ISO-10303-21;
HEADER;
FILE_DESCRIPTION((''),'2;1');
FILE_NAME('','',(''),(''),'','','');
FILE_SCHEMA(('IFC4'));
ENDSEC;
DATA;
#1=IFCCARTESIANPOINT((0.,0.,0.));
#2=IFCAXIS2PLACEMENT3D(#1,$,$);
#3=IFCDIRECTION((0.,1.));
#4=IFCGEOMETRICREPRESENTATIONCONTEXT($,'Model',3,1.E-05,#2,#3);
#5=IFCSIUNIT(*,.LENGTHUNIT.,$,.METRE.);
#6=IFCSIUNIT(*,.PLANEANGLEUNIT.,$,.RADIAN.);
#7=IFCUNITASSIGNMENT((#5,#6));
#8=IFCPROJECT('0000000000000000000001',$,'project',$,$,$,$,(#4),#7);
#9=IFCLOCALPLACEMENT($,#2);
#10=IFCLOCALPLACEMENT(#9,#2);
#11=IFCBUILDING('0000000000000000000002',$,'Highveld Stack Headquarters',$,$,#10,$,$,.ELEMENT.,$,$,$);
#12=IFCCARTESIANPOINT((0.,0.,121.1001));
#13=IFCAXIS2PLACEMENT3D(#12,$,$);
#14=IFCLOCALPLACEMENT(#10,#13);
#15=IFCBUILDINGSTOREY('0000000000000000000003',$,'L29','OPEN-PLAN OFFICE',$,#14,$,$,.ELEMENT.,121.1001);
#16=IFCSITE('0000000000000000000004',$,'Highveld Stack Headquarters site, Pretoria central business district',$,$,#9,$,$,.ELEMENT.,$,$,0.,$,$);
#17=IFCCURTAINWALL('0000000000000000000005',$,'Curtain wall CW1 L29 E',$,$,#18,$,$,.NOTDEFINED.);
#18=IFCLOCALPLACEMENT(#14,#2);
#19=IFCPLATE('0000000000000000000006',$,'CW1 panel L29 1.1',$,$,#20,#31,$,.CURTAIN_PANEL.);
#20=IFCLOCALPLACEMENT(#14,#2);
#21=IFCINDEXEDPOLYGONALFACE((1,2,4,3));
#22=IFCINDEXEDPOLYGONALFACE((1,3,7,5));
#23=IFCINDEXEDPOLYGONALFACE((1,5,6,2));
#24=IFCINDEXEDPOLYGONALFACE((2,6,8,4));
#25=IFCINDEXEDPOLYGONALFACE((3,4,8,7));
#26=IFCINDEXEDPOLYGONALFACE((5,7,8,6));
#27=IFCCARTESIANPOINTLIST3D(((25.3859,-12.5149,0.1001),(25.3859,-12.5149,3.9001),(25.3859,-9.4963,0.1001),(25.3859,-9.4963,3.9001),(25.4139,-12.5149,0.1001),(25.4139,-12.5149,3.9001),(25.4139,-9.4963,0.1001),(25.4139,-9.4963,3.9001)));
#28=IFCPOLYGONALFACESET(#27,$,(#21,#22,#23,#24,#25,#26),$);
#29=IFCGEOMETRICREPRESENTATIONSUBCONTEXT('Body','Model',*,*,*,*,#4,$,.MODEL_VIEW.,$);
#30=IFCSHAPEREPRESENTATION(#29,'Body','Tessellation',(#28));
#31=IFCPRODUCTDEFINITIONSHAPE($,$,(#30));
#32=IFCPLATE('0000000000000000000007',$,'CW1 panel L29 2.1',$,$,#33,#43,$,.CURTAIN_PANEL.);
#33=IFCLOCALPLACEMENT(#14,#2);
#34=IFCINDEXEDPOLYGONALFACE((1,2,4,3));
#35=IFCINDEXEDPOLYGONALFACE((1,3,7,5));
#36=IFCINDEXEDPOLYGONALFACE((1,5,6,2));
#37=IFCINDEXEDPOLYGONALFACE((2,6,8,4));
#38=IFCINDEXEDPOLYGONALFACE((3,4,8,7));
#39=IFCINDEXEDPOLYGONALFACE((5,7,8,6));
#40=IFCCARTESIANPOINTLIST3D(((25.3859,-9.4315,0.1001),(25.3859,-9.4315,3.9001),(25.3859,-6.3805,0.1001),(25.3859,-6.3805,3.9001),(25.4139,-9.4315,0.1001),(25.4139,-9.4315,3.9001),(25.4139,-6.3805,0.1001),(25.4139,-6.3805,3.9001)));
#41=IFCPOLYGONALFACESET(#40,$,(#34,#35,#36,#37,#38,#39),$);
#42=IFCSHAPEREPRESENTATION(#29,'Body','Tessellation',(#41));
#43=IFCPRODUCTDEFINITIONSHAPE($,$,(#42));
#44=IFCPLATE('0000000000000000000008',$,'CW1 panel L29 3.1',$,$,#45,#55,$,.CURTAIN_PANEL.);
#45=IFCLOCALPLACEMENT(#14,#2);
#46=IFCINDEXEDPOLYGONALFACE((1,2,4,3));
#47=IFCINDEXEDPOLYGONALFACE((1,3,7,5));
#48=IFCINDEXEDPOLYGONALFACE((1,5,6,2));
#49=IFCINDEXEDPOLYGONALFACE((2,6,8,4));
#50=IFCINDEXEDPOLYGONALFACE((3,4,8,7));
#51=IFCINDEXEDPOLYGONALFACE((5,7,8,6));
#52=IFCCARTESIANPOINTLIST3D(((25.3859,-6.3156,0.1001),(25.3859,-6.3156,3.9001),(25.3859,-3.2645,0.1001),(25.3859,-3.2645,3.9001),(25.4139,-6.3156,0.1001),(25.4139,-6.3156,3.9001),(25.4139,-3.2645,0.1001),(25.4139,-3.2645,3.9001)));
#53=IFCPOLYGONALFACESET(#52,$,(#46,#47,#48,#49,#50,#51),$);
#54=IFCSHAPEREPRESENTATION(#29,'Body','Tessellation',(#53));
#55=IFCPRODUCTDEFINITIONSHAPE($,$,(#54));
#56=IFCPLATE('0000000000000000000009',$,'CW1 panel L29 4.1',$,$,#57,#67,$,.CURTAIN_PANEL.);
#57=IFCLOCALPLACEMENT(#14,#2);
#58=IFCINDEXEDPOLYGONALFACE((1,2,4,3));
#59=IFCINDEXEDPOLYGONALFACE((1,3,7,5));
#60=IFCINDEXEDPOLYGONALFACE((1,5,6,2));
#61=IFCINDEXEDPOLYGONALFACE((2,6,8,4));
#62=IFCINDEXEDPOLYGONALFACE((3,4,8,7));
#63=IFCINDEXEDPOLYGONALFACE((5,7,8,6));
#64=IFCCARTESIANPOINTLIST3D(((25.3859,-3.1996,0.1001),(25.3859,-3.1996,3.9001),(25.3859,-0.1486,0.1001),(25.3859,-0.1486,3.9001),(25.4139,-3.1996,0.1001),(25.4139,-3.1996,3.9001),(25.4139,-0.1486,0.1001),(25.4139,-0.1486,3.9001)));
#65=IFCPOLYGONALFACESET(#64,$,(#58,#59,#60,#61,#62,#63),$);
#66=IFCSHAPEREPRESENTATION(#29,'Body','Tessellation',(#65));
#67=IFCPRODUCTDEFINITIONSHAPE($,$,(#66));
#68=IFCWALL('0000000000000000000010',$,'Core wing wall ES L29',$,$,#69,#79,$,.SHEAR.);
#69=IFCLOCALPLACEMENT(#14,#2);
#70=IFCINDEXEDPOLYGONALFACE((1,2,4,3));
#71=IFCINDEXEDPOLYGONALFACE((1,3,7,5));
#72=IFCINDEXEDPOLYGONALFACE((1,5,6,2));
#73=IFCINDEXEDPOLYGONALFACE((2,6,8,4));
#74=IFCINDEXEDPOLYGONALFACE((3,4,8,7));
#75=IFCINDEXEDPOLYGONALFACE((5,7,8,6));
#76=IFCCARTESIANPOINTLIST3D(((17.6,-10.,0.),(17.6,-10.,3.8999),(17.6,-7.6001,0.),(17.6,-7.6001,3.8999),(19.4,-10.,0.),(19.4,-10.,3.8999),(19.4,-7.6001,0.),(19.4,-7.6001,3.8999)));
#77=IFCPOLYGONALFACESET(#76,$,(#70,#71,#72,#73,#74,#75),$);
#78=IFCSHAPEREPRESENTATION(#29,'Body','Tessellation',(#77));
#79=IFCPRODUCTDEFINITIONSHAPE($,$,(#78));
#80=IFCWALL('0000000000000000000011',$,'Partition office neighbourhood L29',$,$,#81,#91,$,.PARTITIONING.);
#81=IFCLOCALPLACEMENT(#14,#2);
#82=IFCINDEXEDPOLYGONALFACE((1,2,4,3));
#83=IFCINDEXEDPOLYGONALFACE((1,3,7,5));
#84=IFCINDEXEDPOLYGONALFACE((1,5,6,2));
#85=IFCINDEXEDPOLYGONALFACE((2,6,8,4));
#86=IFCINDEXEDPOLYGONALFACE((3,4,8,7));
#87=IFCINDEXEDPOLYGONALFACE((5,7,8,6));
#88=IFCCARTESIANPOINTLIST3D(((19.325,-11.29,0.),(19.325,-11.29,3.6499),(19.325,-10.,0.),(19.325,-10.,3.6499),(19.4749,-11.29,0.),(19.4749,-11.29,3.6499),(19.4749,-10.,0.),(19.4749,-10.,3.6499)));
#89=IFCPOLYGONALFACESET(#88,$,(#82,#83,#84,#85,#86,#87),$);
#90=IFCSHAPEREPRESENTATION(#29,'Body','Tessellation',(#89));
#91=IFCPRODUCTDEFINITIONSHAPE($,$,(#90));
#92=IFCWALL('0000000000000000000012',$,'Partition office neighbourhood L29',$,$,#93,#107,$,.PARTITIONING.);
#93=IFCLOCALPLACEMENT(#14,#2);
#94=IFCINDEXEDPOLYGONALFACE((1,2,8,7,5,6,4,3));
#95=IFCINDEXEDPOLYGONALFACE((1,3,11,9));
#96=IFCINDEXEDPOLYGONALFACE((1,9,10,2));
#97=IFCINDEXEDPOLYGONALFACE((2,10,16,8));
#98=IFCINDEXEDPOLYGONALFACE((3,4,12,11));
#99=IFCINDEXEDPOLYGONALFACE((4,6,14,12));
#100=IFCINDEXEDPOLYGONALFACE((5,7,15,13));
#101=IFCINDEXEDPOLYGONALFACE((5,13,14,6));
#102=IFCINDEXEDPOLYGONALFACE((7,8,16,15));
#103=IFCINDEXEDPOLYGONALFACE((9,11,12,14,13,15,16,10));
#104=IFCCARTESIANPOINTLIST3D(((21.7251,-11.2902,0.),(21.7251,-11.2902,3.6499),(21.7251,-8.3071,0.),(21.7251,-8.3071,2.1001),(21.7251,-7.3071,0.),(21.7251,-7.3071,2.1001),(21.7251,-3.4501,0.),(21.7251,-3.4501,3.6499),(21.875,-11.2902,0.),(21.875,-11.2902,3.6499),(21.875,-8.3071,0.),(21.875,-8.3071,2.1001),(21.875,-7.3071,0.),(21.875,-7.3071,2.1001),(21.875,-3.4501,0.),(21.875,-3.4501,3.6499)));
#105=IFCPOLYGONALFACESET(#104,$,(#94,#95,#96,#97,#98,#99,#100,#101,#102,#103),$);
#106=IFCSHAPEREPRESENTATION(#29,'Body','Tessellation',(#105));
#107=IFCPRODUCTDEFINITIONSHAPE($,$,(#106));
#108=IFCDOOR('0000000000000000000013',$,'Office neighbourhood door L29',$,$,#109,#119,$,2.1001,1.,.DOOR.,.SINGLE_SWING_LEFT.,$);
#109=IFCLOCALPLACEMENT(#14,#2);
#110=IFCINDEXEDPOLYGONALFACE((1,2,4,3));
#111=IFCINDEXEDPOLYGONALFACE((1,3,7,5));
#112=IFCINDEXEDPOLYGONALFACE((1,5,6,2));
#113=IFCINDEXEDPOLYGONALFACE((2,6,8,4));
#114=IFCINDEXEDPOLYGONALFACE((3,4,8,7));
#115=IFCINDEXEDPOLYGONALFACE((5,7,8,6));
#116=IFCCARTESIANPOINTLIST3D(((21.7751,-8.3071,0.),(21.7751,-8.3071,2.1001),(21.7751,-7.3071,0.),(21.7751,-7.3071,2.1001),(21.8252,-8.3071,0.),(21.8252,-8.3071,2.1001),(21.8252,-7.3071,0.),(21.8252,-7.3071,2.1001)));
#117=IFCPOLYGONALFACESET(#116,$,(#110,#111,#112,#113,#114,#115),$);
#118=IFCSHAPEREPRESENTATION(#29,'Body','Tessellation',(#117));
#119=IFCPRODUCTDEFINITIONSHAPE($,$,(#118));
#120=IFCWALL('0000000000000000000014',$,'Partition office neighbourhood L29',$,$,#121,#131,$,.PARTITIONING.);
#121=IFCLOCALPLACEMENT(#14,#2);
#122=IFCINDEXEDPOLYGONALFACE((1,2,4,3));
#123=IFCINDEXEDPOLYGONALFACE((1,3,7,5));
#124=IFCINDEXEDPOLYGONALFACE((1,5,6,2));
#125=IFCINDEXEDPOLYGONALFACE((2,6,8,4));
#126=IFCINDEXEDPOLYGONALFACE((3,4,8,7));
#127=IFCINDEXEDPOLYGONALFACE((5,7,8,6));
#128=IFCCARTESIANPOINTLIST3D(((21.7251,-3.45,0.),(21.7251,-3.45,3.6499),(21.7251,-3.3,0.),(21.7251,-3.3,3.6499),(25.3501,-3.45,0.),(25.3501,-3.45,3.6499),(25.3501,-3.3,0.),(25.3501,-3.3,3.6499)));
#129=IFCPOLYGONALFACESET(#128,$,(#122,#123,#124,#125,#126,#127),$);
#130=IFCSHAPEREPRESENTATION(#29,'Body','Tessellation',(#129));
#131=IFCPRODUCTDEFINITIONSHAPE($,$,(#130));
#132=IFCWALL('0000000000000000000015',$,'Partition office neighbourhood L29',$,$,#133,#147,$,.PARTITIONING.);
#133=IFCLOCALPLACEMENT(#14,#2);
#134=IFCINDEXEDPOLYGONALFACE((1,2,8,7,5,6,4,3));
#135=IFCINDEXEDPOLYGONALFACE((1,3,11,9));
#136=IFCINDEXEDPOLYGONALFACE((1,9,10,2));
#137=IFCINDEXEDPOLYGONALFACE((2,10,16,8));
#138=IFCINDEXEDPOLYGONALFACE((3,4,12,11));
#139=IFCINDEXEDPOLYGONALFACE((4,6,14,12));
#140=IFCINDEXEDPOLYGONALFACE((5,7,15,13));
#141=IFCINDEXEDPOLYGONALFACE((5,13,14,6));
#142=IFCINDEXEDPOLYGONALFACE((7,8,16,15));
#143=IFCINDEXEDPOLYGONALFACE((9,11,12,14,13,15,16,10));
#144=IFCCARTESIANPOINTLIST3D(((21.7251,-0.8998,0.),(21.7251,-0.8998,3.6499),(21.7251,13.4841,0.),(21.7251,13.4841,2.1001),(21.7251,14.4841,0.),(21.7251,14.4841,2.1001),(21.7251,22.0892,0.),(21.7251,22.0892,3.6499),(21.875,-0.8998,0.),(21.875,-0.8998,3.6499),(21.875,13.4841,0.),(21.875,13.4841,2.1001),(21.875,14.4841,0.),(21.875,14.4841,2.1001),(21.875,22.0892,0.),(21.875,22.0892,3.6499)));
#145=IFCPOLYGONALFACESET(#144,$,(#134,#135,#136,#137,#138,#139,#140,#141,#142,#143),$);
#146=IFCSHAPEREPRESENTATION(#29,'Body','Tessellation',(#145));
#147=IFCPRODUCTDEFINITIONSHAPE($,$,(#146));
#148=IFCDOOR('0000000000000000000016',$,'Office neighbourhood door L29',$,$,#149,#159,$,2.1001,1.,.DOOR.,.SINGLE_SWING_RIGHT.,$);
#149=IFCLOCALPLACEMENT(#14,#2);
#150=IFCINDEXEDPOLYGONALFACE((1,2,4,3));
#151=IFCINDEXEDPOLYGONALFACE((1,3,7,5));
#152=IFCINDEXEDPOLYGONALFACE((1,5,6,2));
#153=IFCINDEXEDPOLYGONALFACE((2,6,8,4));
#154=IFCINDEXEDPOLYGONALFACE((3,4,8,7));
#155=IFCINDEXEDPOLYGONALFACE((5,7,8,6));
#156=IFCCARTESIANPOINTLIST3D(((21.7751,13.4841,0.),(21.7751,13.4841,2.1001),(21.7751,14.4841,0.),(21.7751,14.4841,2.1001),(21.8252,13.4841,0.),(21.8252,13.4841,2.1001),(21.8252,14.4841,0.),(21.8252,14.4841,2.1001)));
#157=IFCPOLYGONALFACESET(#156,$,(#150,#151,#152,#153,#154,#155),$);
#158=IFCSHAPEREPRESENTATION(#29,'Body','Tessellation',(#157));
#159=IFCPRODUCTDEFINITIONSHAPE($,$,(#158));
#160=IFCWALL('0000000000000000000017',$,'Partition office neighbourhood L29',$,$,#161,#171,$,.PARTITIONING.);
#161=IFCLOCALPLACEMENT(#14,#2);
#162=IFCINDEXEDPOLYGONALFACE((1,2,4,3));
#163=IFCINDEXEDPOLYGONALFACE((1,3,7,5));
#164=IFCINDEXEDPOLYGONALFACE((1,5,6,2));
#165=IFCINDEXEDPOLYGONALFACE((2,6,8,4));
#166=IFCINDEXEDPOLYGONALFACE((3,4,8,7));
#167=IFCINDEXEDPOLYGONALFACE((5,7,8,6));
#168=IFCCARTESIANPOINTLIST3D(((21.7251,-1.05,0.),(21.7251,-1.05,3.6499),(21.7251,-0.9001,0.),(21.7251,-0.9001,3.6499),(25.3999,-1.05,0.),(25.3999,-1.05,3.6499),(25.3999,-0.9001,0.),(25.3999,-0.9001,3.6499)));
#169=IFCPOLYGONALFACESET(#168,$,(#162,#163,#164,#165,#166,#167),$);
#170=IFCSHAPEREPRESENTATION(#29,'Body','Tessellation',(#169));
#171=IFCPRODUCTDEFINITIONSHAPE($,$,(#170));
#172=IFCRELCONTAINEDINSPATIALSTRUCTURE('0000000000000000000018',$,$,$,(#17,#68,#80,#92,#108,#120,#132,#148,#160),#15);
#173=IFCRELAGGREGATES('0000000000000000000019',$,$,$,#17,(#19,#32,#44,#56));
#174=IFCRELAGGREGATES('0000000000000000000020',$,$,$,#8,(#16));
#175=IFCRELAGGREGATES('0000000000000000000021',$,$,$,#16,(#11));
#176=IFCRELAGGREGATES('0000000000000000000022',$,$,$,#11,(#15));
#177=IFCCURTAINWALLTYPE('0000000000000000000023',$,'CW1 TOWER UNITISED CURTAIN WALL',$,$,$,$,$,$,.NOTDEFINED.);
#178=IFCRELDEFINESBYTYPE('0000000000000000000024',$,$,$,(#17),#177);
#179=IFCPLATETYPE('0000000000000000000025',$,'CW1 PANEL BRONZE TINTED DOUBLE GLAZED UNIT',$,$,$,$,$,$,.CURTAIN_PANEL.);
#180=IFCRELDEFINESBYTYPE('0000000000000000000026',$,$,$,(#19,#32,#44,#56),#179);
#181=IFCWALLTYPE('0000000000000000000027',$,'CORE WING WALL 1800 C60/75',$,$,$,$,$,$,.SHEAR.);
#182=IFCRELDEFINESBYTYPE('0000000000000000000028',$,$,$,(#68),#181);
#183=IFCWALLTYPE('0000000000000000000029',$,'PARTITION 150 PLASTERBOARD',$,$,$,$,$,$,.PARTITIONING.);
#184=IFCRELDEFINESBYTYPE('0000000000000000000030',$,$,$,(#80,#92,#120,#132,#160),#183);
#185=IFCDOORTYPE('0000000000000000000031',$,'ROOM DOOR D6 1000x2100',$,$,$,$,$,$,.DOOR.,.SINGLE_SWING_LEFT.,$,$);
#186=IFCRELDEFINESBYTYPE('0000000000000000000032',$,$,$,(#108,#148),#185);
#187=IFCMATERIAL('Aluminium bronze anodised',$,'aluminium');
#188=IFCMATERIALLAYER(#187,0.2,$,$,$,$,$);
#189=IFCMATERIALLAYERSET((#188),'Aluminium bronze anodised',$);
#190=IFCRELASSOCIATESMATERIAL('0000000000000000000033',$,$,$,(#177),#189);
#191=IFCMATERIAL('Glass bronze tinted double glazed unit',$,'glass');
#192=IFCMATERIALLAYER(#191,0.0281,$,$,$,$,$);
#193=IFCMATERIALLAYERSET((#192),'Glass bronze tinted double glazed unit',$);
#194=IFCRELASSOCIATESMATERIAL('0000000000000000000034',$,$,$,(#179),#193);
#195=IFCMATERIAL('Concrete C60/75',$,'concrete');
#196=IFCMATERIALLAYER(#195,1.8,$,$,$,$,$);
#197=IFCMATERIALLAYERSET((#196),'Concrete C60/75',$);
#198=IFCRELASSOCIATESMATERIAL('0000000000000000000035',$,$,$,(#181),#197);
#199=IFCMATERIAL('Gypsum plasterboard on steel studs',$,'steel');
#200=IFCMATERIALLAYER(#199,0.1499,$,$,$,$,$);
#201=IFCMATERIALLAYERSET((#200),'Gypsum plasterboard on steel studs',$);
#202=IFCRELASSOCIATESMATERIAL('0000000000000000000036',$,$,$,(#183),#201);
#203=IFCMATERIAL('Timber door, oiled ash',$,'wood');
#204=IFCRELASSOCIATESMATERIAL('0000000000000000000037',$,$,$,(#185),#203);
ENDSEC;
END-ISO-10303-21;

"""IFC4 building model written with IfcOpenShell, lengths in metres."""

from ifc_helpers import new_model, si_unit, direction, frame, frame_2d, origin, origin_2d, place, context, subcontext, project, spatial, rectangle, extrude, material, layer, layer_set, type_object, element, fill, aggregate, save


model = new_model("IFC4")

# Units and contexts
model_context = context("Model", 3, precision=1e-05, world=origin(), true_north=direction((0.0, 1.0)))
body_context = subcontext(model_context, "Body", "Model", "MODEL_VIEW")
ifc_project = project(units=[si_unit("LENGTHUNIT", "METRE"), si_unit("PLANEANGLEUNIT", "RADIAN")], contexts=[model_context])

# Site, building, storey
site_placement = place(None, origin())
site = spatial("IfcSite", under=ifc_project, at=site_placement, Name="Highveld Stack Headquarters site, Pretoria central business district", CompositionType="ELEMENT", RefElevation=0.0)
building_placement = place(site_placement, origin())
building = spatial("IfcBuilding", under=site, at=building_placement, Name="Highveld Stack Headquarters", CompositionType="ELEMENT")
storey_placement = place(building_placement, frame((0.0, 0.0, 121.1001)))
storey = spatial("IfcBuildingStorey", under=building, at=storey_placement, Name="L29", Description="OPEN-PLAN OFFICE", CompositionType="ELEMENT", Elevation=121.1001)

# Curtain wall
ifc_material_1 = material(Name="Aluminium bronze anodised", Category="aluminium")
ifc_layer_1 = layer(ifc_material_1, 0.2)
ifc_layer_set_1 = layer_set([ifc_layer_1], Name="Aluminium bronze anodised")
curtain_wall_type = type_object("IfcCurtainWallType", Name="CW1 TOWER UNITISED CURTAIN WALL", PredefinedType="NOTDEFINED", material=ifc_layer_set_1)
curtain_wall_placement = place(storey_placement, origin())
curtain_wall = element("IfcCurtainWall", 1, at=curtain_wall_placement, inside=storey, type_object=curtain_wall_type, Name="Curtain wall CW1 L29 E", PredefinedType="NOTDEFINED")

# Plates
ifc_material_2 = material(Name="Glass bronze tinted double glazed unit", Category="glass")
ifc_layer_2 = layer(ifc_material_2, 0.0281)
ifc_layer_set_2 = layer_set([ifc_layer_2], Name="Glass bronze tinted double glazed unit")
plate_type = type_object("IfcPlateType", Name="CW1 PANEL BRONZE TINTED DOUBLE GLAZED UNIT", PredefinedType="CURTAIN_PANEL", material=ifc_layer_set_2)
plate_1_placement = place(storey_placement, frame((25.3999, -11.0056, 0.1001), z_axis=(0.0, 0.0, 1.0), x_axis=(0.0, 1.0, 0.0)))
plate_1 = element("IfcPlate", 2, at=plate_1_placement, type_object=plate_type, Name="CW1 panel L29 1.1", PredefinedType="CURTAIN_PANEL", context=body_context, shape_type="SweptSolid", body=[
    extrude(rectangle(XDim=3.0186, YDim=0.0281, at=origin_2d()), origin(), (0.0, 0.0, 1.0), 3.8),
])
plate_2_placement = place(storey_placement, frame((25.3999, -7.906, 0.1001), z_axis=(0.0, 0.0, 1.0), x_axis=(0.0, 1.0, 0.0)))
plate_2 = element("IfcPlate", 3, at=plate_2_placement, type_object=plate_type, Name="CW1 panel L29 2.1", PredefinedType="CURTAIN_PANEL", context=body_context, shape_type="SweptSolid", body=[
    extrude(rectangle(XDim=3.051, YDim=0.0281, at=origin_2d()), origin(), (0.0, 0.0, 1.0), 3.8),
])
plate_3_placement = place(storey_placement, frame((25.3999, -4.79, 0.1001), z_axis=(0.0, 0.0, 1.0), x_axis=(0.0, 1.0, 0.0)))
plate_3 = element("IfcPlate", 4, at=plate_3_placement, type_object=plate_type, Name="CW1 panel L29 3.1", PredefinedType="CURTAIN_PANEL", context=body_context, shape_type="SweptSolid", body=[
    extrude(rectangle(XDim=3.051, YDim=0.0281, at=origin_2d()), origin(), (0.0, 0.0, 1.0), 3.8),
])
plate_4_placement = place(storey_placement, frame((25.3999, -1.6741, 0.1001), z_axis=(0.0, 0.0, 1.0), x_axis=(0.0, 1.0, 0.0)))
plate_4 = element("IfcPlate", 5, at=plate_4_placement, type_object=plate_type, Name="CW1 panel L29 4.1", PredefinedType="CURTAIN_PANEL", context=body_context, shape_type="SweptSolid", body=[
    extrude(rectangle(XDim=3.051, YDim=0.0281, at=origin_2d()), origin(), (0.0, 0.0, 1.0), 3.8),
])
aggregate(curtain_wall, [plate_1, plate_2, plate_3, plate_4])

# Walls
ifc_material_3 = material(Name="Concrete C60/75", Category="concrete")
ifc_layer_3 = layer(ifc_material_3, 1.8)
ifc_layer_set_3 = layer_set([ifc_layer_3], Name="Concrete C60/75")
wall_type_1 = type_object("IfcWallType", Name="CORE WING WALL 1800 C60/75", PredefinedType="SHEAR", material=ifc_layer_set_3)
wall_1_placement = place(storey_placement, frame((18.5, -10.0, 0.0), z_axis=(0.0, 0.0, 1.0), x_axis=(0.0, 1.0, 0.0)))
element("IfcWall", 6, at=wall_1_placement, inside=storey, type_object=wall_type_1, Name="Core wing wall ES L29", PredefinedType="SHEAR", context=body_context, shape_type="SweptSolid", body=[
    extrude(rectangle(XDim=2.3999, YDim=1.8, at=frame_2d((1.2, 0.0))), origin(), (0.0, 0.0, 1.0), 3.8999),
])
ifc_material_4 = material(Name="Gypsum plasterboard on steel studs", Category="steel")
ifc_layer_4 = layer(ifc_material_4, 0.1499)
ifc_layer_set_4 = layer_set([ifc_layer_4], Name="Gypsum plasterboard on steel studs")
wall_type_2 = type_object("IfcWallType", Name="PARTITION 150 PLASTERBOARD", PredefinedType="PARTITIONING", material=ifc_layer_set_4)
wall_2_placement = place(storey_placement, frame((19.3999, -11.29, 0.0), z_axis=(0.0, 0.0, 1.0), x_axis=(0.0, 1.0, 0.0)))
element("IfcWall", 7, at=wall_2_placement, inside=storey, type_object=wall_type_2, Name="Partition office neighbourhood L29", PredefinedType="PARTITIONING", context=body_context, shape_type="SweptSolid", body=[
    extrude(rectangle(XDim=1.29, YDim=0.1499, at=frame_2d((0.645, 0.0))), origin(), (0.0, 0.0, 1.0), 3.6499),
])

# Wall, opening, door
wall_3_placement = place(storey_placement, frame((21.8, -11.29, 0.0), z_axis=(0.0, 0.0, 1.0), x_axis=(0.0, 1.0, 0.0)))
wall_3 = element("IfcWall", 8, at=wall_3_placement, inside=storey, type_object=wall_type_2, Name="Partition office neighbourhood L29", PredefinedType="PARTITIONING", context=body_context, shape_type="SweptSolid", body=[
    extrude(rectangle(XDim=7.8401, YDim=0.1499, at=frame_2d((3.9199, 0.0))), origin(), (0.0, 0.0, 1.0), 3.6499),
])
opening_1_placement = place(wall_3_placement, frame((2.9829, 0.0, 0.0)))
opening_1 = element("IfcOpeningElement", 9, at=opening_1_placement, cuts=wall_3, PredefinedType="OPENING", context=body_context, shape_type="SweptSolid", body=[
    extrude(rectangle(XDim=1.0, YDim=2.1001, at=frame_2d((0.5, 1.05))), frame((0.0, 0.085, 0.0), z_axis=(0.0, -1.0, 0.0), x_axis=(1.0, 0.0, 0.0)), (0.0, 0.0, 1.0), 0.1699),
])
ifc_material_5 = material(Name="Timber door, oiled ash", Category="wood")
door_type_1 = type_object("IfcDoorType", Name="ROOM DOOR D6 1000x2100", OperationType="SINGLE_SWING_LEFT", PredefinedType="DOOR", material=ifc_material_5)
door_1_placement = place(opening_1_placement, origin())
door_1 = element("IfcDoor", 10, at=door_1_placement, inside=storey, type_object=door_type_1, Name="Office neighbourhood door L29", OperationType="SINGLE_SWING_LEFT", OverallHeight=2.1001, OverallWidth=1.0, PredefinedType="DOOR", context=body_context, shape_type="SweptSolid", body=[
    extrude(rectangle(XDim=1.0, YDim=2.1001, at=frame_2d((0.5, 1.05))), frame((0.0, 0.0249, 0.0), z_axis=(0.0, -1.0, 0.0), x_axis=(1.0, 0.0, 0.0)), (0.0, 0.0, 1.0), 0.05),
])
fill(opening_1, door_1)

# Wall
wall_4_placement = place(storey_placement, frame((21.7251, -3.375, 0.0), z_axis=(0.0, 0.0, 1.0), x_axis=(1.0, 0.0, 0.0)))
element("IfcWall", 11, at=wall_4_placement, inside=storey, type_object=wall_type_2, Name="Partition office neighbourhood L29", PredefinedType="PARTITIONING", context=body_context, shape_type="SweptSolid", body=[
    extrude(rectangle(XDim=3.625, YDim=0.1499, at=frame_2d((1.8125, 0.0))), origin(), (0.0, 0.0, 1.0), 3.6499),
])

# Wall, opening, door
wall_5_placement = place(storey_placement, frame((21.8, -0.8999, 0.0), z_axis=(0.0, 0.0, 1.0), x_axis=(0.0, 1.0, 0.0)))
wall_5 = element("IfcWall", 12, at=wall_5_placement, inside=storey, type_object=wall_type_2, Name="Partition office neighbourhood L29", PredefinedType="PARTITIONING", context=body_context, shape_type="SweptSolid", body=[
    extrude(rectangle(XDim=22.989, YDim=0.1499, at=frame_2d((11.4946, 0.0))), origin(), (0.0, 0.0, 1.0), 3.6499),
])
opening_2_placement = place(wall_5_placement, frame((14.384, 0.0, 0.0)))
opening_2 = element("IfcOpeningElement", 13, at=opening_2_placement, cuts=wall_5, PredefinedType="OPENING", context=body_context, shape_type="SweptSolid", body=[
    extrude(rectangle(XDim=1.0, YDim=2.1001, at=frame_2d((0.5, 1.05))), frame((0.0, 0.085, 0.0), z_axis=(0.0, -1.0, 0.0), x_axis=(1.0, 0.0, 0.0)), (0.0, 0.0, 1.0), 0.1699),
])
door_2_placement = place(opening_2_placement, origin())
door_2 = element("IfcDoor", 14, at=door_2_placement, inside=storey, type_object=door_type_1, Name="Office neighbourhood door L29", OperationType="SINGLE_SWING_RIGHT", OverallHeight=2.1001, OverallWidth=1.0, PredefinedType="DOOR", context=body_context, shape_type="SweptSolid", body=[
    extrude(rectangle(XDim=1.0, YDim=2.1001, at=frame_2d((0.5, 1.05))), frame((0.0, 0.0249, 0.0), z_axis=(0.0, -1.0, 0.0), x_axis=(1.0, 0.0, 0.0)), (0.0, 0.0, 1.0), 0.05),
])
fill(opening_2, door_2)

# Wall
wall_6_placement = place(storey_placement, frame((21.7251, -0.9751, 0.0), z_axis=(0.0, 0.0, 1.0), x_axis=(1.0, 0.0, 0.0)))
element("IfcWall", 15, at=wall_6_placement, inside=storey, type_object=wall_type_2, Name="Partition office neighbourhood L29", PredefinedType="PARTITIONING", context=body_context, shape_type="SweptSolid", body=[
    extrude(rectangle(XDim=3.6748, YDim=0.1499, at=frame_2d((1.8374, 0.0))), origin(), (0.0, 0.0, 1.0), 3.6499),
])

save(model, "model.ifc")
